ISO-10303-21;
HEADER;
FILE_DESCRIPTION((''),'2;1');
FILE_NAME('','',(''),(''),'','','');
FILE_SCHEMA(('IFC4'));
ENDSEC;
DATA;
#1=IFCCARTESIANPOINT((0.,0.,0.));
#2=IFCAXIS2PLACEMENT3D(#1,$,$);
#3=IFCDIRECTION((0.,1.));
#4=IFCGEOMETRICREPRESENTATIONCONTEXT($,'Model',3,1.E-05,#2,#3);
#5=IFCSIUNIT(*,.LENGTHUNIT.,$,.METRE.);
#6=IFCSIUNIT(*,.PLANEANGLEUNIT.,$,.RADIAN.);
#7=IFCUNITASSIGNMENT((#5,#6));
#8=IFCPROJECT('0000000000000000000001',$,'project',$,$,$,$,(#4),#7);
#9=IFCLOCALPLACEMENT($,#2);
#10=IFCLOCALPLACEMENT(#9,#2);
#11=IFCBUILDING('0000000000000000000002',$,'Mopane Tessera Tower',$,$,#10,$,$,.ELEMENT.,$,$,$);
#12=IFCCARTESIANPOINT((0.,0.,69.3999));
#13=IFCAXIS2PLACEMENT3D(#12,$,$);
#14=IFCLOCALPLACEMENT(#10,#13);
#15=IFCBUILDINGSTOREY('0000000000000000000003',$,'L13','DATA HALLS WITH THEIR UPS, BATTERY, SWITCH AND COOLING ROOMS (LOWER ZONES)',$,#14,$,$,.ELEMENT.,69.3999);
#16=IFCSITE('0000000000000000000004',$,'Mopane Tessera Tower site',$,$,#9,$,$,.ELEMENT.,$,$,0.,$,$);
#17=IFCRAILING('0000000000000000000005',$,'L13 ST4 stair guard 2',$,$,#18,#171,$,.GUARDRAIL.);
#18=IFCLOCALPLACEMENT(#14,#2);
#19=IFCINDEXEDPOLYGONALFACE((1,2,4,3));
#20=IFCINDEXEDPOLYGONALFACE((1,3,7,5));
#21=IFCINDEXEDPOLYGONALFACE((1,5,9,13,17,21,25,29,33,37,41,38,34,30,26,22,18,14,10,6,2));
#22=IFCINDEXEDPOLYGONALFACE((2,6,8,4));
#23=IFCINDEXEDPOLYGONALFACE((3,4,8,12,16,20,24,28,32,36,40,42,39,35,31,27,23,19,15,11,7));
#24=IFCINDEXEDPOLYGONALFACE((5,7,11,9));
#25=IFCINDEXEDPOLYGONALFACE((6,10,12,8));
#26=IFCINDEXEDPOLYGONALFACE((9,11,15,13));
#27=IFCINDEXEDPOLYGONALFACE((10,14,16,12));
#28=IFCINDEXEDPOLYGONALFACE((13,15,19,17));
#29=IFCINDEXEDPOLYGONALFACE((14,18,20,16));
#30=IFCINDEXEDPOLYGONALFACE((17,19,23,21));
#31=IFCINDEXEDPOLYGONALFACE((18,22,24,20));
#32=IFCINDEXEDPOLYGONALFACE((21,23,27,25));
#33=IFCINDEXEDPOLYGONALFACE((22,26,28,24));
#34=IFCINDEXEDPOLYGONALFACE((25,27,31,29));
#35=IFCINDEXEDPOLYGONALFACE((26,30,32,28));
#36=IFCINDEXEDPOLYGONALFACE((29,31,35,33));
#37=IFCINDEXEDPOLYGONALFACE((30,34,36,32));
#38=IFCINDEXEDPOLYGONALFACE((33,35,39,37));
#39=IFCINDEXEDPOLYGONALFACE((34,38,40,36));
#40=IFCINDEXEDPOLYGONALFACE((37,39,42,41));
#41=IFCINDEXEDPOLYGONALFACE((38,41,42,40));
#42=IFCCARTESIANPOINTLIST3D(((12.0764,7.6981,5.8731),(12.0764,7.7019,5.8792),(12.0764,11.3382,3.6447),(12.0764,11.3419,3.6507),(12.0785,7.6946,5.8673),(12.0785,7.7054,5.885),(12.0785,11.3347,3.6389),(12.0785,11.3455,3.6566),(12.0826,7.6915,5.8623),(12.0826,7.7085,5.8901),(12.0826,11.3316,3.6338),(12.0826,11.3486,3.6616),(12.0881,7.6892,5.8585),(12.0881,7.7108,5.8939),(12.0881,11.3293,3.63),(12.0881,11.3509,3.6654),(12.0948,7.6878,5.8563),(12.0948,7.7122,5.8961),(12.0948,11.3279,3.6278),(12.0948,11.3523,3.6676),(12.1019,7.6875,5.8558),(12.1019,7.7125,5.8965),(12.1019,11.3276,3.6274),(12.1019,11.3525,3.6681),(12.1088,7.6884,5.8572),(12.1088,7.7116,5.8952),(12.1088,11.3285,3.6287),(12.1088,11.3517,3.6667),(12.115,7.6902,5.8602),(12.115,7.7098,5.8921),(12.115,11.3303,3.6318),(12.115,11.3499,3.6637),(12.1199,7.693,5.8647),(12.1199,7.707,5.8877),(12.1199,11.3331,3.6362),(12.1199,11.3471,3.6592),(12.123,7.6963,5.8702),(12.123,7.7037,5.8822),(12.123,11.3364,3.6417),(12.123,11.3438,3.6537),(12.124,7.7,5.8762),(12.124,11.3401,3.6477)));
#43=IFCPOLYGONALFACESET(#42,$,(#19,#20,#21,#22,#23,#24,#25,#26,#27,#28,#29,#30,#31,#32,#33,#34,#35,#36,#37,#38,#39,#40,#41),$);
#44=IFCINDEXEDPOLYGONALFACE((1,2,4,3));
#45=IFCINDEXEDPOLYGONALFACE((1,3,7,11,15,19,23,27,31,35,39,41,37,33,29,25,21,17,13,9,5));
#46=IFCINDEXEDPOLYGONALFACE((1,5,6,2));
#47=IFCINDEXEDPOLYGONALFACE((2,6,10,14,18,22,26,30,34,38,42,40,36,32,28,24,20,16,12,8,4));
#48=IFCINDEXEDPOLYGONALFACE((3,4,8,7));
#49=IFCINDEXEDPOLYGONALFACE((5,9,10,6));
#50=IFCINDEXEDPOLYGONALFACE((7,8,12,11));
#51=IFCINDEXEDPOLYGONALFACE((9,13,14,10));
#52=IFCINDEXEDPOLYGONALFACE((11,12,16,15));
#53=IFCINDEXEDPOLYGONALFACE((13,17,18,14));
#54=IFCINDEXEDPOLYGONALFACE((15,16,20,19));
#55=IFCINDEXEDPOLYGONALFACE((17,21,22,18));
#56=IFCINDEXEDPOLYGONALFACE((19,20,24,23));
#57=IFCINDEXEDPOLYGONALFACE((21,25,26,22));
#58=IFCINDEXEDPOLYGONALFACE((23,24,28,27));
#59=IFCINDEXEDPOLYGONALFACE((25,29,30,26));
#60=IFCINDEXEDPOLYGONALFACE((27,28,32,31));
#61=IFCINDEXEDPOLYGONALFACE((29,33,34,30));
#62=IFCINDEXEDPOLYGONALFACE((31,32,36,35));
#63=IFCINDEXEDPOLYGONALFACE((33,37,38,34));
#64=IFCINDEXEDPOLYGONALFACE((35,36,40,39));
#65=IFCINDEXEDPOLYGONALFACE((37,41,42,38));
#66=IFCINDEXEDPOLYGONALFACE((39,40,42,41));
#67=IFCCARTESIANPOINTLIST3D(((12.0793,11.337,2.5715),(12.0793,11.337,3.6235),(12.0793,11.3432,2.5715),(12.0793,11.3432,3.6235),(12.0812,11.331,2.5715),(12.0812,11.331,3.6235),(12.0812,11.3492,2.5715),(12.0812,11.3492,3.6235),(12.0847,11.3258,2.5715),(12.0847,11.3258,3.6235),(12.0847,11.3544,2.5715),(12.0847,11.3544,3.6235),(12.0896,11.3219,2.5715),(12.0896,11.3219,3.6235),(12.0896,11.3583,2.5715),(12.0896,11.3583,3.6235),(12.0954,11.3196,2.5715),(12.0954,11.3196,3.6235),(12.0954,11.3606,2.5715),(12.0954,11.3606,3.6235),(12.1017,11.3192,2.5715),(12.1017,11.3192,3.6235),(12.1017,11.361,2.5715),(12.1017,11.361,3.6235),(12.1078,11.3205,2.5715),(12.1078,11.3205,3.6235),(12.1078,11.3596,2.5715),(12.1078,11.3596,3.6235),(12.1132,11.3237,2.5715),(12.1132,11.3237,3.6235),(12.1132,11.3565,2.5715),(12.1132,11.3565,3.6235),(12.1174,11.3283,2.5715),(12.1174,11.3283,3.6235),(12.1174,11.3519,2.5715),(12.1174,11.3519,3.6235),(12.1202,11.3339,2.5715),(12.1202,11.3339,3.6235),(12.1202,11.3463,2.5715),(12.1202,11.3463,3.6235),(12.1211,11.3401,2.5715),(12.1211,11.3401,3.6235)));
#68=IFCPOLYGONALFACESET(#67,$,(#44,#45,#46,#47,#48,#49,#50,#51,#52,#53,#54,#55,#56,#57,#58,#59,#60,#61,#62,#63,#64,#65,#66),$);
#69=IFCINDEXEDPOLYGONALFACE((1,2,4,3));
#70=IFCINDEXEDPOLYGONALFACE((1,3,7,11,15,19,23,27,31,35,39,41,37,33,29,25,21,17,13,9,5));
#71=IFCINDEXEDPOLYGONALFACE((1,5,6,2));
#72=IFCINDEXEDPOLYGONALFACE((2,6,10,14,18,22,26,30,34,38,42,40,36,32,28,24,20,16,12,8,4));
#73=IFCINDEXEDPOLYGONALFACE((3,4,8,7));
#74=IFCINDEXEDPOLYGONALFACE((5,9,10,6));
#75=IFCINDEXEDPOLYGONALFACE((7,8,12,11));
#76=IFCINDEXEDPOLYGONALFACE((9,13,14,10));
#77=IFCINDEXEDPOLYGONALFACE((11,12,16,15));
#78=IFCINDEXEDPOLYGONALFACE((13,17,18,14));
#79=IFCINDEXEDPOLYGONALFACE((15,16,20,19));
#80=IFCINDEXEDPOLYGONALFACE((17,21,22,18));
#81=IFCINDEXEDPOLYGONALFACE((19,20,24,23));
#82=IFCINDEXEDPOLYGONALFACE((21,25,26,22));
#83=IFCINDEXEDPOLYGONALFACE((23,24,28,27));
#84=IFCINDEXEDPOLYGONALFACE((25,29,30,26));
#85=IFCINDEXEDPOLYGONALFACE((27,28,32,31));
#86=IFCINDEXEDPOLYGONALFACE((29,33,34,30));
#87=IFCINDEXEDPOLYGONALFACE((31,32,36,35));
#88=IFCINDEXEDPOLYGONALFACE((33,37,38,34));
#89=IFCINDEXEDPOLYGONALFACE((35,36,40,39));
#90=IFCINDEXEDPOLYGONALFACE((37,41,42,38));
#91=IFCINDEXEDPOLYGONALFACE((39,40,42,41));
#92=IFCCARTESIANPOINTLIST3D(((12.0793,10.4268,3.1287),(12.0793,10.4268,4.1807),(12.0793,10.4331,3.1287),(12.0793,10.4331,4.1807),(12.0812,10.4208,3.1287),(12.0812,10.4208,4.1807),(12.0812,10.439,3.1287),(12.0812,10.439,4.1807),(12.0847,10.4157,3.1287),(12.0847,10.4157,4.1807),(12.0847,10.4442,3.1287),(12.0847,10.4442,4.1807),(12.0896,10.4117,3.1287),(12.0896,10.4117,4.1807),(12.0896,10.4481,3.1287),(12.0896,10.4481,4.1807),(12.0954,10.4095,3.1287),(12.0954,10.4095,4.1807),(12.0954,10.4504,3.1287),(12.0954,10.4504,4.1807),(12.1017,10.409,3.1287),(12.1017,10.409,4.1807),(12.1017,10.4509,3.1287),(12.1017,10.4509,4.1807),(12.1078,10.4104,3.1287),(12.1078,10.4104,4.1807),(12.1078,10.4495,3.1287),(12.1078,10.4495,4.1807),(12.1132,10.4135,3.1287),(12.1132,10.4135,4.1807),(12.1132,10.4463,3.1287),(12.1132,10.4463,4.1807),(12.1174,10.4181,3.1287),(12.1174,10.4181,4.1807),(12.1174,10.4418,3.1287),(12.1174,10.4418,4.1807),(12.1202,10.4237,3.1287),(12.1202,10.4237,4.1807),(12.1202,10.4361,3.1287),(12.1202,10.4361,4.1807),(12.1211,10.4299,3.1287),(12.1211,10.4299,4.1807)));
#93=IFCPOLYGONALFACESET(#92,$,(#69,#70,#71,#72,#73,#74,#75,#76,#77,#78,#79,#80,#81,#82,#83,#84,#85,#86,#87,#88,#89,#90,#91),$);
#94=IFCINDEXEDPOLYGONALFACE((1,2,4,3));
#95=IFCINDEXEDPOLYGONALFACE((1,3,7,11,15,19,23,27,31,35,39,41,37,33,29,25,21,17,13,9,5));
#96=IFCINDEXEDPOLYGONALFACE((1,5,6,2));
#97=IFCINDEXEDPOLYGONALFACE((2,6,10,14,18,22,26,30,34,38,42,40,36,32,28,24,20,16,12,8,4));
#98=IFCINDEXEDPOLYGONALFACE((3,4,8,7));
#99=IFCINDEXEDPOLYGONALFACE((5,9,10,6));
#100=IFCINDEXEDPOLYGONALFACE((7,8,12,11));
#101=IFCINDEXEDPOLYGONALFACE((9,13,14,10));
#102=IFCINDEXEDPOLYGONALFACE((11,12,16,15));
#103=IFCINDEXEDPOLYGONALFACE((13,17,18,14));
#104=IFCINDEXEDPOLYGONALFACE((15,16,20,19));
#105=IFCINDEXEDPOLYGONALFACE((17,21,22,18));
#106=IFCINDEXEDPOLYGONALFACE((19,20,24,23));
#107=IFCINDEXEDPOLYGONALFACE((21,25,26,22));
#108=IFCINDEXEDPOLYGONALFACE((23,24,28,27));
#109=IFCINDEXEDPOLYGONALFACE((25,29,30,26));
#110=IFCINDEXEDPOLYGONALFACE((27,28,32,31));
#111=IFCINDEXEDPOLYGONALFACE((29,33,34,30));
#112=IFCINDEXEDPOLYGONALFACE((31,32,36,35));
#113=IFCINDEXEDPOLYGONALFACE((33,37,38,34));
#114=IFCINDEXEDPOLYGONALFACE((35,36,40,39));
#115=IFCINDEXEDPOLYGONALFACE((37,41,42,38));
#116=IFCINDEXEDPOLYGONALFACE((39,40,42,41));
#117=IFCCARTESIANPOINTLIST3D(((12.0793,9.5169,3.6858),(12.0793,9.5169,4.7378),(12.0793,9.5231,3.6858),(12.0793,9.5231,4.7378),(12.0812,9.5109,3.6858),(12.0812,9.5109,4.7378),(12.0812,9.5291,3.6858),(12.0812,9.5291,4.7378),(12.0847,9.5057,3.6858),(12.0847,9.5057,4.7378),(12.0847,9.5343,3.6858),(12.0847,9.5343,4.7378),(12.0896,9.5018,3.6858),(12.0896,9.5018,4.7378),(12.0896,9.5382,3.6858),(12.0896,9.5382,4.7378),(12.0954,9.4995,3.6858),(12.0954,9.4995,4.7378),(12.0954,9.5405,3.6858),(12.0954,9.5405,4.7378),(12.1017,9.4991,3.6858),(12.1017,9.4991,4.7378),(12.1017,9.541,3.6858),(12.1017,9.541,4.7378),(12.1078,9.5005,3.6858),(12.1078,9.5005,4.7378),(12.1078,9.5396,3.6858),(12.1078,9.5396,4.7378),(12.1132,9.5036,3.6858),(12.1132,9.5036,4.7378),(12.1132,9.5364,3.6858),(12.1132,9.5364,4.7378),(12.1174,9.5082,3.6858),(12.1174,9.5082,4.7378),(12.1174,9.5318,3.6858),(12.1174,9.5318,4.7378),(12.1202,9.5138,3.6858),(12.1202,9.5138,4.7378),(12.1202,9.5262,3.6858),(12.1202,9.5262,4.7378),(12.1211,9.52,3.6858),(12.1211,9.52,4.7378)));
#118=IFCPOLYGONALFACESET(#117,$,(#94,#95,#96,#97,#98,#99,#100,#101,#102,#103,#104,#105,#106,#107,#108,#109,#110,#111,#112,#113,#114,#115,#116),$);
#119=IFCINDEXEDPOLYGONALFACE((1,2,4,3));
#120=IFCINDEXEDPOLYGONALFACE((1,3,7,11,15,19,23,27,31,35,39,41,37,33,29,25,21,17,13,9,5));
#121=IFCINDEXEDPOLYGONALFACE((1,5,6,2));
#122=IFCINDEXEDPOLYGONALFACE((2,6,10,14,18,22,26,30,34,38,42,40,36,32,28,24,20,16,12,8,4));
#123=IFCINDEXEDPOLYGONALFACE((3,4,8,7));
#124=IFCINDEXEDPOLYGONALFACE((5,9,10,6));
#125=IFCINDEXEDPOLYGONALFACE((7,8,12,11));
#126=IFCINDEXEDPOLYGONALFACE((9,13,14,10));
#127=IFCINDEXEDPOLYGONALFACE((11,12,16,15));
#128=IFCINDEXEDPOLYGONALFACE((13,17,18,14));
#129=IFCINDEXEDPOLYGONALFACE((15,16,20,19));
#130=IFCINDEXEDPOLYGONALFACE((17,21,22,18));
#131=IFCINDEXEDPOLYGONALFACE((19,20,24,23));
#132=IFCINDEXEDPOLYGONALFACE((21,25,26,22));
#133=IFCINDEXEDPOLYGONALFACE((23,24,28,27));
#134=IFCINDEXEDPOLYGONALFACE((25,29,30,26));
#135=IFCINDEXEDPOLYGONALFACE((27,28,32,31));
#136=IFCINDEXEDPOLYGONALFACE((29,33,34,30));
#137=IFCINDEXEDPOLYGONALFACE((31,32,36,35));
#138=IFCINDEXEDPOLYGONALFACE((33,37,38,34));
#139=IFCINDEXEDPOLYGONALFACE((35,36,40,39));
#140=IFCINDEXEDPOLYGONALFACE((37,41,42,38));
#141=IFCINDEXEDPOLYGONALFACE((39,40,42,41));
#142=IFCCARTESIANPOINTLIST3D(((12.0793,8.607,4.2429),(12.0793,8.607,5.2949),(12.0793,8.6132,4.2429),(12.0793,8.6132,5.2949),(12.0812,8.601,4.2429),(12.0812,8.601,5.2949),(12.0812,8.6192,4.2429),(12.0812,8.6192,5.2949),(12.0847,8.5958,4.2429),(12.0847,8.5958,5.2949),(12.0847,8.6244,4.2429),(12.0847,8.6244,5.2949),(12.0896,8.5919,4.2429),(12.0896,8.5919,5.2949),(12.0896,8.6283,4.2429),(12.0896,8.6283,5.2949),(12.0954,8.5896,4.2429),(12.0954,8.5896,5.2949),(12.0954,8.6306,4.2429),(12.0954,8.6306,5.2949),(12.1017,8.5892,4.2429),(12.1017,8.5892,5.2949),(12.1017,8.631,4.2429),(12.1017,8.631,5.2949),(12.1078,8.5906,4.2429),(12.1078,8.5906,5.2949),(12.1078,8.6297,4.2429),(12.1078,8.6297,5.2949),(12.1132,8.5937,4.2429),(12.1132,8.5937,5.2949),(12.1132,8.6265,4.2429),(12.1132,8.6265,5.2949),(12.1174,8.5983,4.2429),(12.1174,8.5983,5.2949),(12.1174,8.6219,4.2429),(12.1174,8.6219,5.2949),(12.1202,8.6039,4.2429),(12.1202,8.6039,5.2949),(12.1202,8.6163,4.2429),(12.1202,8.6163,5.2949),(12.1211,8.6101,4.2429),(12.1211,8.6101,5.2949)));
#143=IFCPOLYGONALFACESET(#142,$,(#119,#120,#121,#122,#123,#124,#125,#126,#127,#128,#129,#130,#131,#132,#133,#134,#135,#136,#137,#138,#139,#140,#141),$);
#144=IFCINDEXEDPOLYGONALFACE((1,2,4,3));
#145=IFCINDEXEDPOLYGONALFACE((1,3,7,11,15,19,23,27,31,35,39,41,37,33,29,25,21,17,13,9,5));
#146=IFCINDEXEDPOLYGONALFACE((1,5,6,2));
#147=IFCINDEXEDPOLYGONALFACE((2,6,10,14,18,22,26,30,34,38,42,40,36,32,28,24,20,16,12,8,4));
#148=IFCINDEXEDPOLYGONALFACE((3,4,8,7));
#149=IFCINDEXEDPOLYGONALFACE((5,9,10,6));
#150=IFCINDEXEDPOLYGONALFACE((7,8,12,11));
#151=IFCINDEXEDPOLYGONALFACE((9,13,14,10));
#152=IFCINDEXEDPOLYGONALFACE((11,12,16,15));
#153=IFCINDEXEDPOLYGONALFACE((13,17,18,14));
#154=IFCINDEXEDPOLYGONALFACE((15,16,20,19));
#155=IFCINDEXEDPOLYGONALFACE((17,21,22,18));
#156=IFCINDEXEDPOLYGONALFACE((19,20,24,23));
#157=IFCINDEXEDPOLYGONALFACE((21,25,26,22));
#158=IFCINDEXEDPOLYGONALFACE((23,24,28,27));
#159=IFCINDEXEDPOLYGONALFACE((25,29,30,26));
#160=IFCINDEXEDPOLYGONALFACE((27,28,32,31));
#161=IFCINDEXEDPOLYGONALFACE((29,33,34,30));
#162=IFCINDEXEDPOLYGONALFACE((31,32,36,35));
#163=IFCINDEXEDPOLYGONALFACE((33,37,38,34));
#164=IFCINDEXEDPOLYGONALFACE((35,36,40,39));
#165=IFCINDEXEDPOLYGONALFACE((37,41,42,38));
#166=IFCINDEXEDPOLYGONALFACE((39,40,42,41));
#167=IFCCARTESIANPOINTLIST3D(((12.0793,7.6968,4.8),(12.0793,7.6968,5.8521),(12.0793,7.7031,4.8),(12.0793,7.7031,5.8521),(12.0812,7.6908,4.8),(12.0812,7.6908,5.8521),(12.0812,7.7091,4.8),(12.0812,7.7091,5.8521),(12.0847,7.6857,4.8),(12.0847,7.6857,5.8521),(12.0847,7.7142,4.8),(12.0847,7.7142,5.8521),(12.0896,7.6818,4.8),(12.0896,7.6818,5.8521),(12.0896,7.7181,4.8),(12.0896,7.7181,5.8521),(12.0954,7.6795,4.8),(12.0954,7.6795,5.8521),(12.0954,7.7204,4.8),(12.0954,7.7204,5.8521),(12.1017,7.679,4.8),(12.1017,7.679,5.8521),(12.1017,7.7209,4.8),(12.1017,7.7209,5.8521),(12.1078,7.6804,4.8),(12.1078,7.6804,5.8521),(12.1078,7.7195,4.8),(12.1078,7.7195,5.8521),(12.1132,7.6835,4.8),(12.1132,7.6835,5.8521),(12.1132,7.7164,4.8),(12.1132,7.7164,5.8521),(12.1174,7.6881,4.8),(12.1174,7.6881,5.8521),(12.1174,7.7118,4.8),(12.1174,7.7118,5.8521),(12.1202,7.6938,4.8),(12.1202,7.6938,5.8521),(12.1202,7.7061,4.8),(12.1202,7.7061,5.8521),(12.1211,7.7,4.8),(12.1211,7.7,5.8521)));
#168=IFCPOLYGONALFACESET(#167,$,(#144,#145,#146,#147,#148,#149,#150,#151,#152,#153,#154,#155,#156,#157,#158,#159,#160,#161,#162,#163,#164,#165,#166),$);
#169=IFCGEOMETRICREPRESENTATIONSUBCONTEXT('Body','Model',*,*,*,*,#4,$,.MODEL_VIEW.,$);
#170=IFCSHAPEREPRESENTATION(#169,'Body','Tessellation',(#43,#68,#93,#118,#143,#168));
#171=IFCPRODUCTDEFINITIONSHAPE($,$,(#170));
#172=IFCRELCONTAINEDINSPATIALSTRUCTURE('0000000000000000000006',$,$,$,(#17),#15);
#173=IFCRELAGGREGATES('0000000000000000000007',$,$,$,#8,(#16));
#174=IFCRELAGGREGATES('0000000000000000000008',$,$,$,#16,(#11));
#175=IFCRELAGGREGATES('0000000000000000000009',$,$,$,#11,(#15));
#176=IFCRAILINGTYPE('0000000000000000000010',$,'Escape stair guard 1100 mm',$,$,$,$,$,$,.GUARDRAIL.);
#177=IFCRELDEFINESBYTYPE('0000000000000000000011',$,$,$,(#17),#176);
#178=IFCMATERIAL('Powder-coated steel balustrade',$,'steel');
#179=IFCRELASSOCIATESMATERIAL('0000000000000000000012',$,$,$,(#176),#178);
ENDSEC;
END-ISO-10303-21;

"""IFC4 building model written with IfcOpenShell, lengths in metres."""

from ifc_helpers import new_model, si_unit, direction, frame, origin, origin_2d, place, context, subcontext, project, spatial, circle, extrude, material, type_object, element, save


model = new_model("IFC4")

# Units and contexts
model_context = context("Model", 3, precision=1e-05, world=origin(), true_north=direction((0.0, 1.0)))
body_context = subcontext(model_context, "Body", "Model", "MODEL_VIEW")
ifc_project = project(units=[si_unit("LENGTHUNIT", "METRE"), si_unit("PLANEANGLEUNIT", "RADIAN")], contexts=[model_context])

# Site, building, storey
site_placement = place(None, origin())
site = spatial("IfcSite", under=ifc_project, at=site_placement, Name="Mopane Tessera Tower site", CompositionType="ELEMENT", RefElevation=0.0)
building_placement = place(site_placement, origin())
building = spatial("IfcBuilding", under=site, at=building_placement, Name="Mopane Tessera Tower", CompositionType="ELEMENT")
storey_placement = place(building_placement, frame((0.0, 0.0, 69.3999)))
storey = spatial("IfcBuildingStorey", under=building, at=storey_placement, Name="L13", Description="DATA HALLS WITH THEIR UPS, BATTERY, SWITCH AND COOLING ROOMS (LOWER ZONES)", CompositionType="ELEMENT", Elevation=69.3999)

# Railing
ifc_material_1 = material(Name="Powder-coated steel balustrade", Category="steel")
railing_type_1 = type_object("IfcRailingType", Name="Escape stair guard 1100 mm", PredefinedType="GUARDRAIL", material=ifc_material_1)
railing_1_placement = place(storey_placement, frame((12.1001, 11.3401, 2.5715)))
element("IfcRailing", 1, at=railing_1_placement, inside=storey, type_object=railing_type_1, Name="L13 ST4 stair guard 2", PredefinedType="GUARDRAIL", context=body_context, shape_type="SweptSolid", body=[
    extrude(circle(Radius=0.0239, at=origin_2d()), frame((0.0, 0.0, 1.0762), z_axis=(0.0, -0.852866, 0.52213), x_axis=(1.0, 0.0, 0.0)), (0.0, 0.0, 1.0), 4.2681),
    extrude(circle(Radius=0.021, at=origin_2d()), origin(), (0.0, 0.0, 1.0), 1.052),
    extrude(circle(Radius=0.021, at=origin_2d()), frame((0.0, -0.9102, 0.5571)), (0.0, 0.0, 1.0), 1.052),
    extrude(circle(Radius=0.021, at=origin_2d()), frame((0.0, -1.8201, 1.1143)), (0.0, 0.0, 1.0), 1.052),
    extrude(circle(Radius=0.021, at=origin_2d()), frame((0.0, -2.73, 1.6714)), (0.0, 0.0, 1.0), 1.052),
    extrude(circle(Radius=0.021, at=origin_2d()), frame((0.0, -3.6401, 2.2285)), (0.0, 0.0, 1.0), 1.052),
])

save(model, "model.ifc")
